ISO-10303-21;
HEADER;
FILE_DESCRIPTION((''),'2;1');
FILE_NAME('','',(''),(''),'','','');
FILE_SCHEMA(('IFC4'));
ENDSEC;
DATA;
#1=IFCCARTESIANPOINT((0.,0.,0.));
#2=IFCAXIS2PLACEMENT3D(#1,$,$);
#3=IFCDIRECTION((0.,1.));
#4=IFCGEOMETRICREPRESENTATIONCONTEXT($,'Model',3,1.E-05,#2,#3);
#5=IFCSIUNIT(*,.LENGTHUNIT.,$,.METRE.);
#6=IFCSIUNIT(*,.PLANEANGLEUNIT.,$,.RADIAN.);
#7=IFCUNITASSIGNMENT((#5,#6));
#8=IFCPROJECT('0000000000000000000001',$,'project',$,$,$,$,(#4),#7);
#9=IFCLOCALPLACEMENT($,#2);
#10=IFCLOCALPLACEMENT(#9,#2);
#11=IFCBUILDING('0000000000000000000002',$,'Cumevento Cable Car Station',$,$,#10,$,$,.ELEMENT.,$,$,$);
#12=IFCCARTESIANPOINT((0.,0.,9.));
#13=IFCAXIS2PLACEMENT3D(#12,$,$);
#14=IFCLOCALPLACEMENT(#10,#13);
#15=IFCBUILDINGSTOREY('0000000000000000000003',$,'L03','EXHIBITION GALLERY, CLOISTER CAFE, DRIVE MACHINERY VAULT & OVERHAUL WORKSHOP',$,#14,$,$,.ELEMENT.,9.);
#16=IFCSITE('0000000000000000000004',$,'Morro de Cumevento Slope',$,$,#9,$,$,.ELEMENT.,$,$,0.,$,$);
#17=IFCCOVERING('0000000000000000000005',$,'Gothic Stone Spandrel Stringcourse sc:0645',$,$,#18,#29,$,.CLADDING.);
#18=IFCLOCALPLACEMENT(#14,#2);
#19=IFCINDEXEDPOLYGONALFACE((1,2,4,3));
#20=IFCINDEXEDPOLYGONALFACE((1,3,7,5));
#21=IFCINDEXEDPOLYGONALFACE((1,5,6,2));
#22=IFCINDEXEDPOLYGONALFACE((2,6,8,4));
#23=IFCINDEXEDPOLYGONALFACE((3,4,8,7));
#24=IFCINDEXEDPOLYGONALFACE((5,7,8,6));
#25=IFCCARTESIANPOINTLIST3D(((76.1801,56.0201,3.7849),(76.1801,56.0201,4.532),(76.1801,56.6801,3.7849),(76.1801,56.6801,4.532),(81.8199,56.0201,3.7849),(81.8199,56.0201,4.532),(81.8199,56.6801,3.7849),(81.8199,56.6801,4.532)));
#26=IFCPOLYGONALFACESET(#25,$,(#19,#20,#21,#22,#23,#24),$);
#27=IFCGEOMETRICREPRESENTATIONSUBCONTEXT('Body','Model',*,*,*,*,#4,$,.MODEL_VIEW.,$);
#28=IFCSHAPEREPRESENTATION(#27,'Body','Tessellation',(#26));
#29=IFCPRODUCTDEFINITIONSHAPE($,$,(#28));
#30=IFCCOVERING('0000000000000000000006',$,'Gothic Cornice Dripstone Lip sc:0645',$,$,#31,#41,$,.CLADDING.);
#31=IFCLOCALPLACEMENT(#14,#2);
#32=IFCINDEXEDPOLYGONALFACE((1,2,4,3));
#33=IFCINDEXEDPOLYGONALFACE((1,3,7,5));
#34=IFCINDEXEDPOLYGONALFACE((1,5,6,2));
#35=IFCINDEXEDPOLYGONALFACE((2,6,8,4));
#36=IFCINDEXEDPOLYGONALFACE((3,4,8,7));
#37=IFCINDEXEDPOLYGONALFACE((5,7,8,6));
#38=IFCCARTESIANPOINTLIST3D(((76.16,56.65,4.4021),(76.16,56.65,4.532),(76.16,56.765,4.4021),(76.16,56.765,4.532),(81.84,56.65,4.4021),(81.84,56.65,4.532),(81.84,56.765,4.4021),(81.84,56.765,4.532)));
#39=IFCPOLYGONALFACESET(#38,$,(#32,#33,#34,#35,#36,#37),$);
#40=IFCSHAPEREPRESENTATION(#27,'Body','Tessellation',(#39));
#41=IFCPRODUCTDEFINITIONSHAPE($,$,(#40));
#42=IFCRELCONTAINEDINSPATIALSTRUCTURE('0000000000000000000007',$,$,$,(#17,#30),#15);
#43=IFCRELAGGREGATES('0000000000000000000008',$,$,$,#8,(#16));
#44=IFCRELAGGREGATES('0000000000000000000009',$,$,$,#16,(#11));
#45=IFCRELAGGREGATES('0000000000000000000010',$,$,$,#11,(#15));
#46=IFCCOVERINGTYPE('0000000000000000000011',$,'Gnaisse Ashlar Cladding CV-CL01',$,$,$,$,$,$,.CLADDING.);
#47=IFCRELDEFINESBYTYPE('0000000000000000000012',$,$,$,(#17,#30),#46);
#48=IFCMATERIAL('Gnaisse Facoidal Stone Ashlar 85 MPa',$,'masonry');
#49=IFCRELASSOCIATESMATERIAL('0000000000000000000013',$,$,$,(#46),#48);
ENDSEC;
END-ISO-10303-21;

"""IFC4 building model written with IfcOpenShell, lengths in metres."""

from ifc_helpers import new_model, si_unit, direction, frame, origin, origin_2d, place, context, subcontext, project, spatial, rectangle, extrude, material, type_object, element, save


model = new_model("IFC4")

# Units and contexts
model_context = context("Model", 3, precision=1e-05, world=origin(), true_north=direction((0.0, 1.0)))
body_context = subcontext(model_context, "Body", "Model", "MODEL_VIEW")
ifc_project = project(units=[si_unit("LENGTHUNIT", "METRE"), si_unit("PLANEANGLEUNIT", "RADIAN")], contexts=[model_context])

# Site, building, storey
site_placement = place(None, origin())
site = spatial("IfcSite", under=ifc_project, at=site_placement, Name="Morro de Cumevento Slope", CompositionType="ELEMENT", RefElevation=0.0)
building_placement = place(site_placement, origin())
building = spatial("IfcBuilding", under=site, at=building_placement, Name="Cumevento Cable Car Station", CompositionType="ELEMENT")
storey_placement = place(building_placement, frame((0.0, 0.0, 9.0)))
storey = spatial("IfcBuildingStorey", under=building, at=storey_placement, Name="L03", Description="EXHIBITION GALLERY, CLOISTER CAFE, DRIVE MACHINERY VAULT & OVERHAUL WORKSHOP", CompositionType="ELEMENT", Elevation=9.0)

# Coverings
ifc_material_1 = material(Name="Gnaisse Facoidal Stone Ashlar 85 MPa", Category="masonry")
covering_type = type_object("IfcCoveringType", Name="Gnaisse Ashlar Cladding CV-CL01", PredefinedType="CLADDING", material=ifc_material_1)
covering_1_placement = place(storey_placement, frame((79.0, 56.3501, 3.7849), z_axis=(0.0, 0.0, 1.0), x_axis=(1.0, 0.0, 0.0)))
element("IfcCovering", 1, at=covering_1_placement, inside=storey, type_object=covering_type, Name="Gothic Stone Spandrel Stringcourse sc:0645", PredefinedType="CLADDING", context=body_context, shape_type="SweptSolid", body=[
    extrude(rectangle(XDim=5.6399, YDim=0.6599, at=origin_2d()), origin(), (0.0, 0.0, 1.0), 0.7471),
])
covering_2_placement = place(storey_placement, frame((79.0, 56.7075, 4.4021), z_axis=(0.0, 0.0, 1.0), x_axis=(1.0, 0.0, 0.0)))
element("IfcCovering", 2, at=covering_2_placement, inside=storey, type_object=covering_type, Name="Gothic Cornice Dripstone Lip sc:0645", PredefinedType="CLADDING", context=body_context, shape_type="SweptSolid", body=[
    extrude(rectangle(XDim=5.6799, YDim=0.115, at=origin_2d()), origin(), (0.0, 0.0, 1.0), 0.1299),
])

save(model, "model.ifc")
